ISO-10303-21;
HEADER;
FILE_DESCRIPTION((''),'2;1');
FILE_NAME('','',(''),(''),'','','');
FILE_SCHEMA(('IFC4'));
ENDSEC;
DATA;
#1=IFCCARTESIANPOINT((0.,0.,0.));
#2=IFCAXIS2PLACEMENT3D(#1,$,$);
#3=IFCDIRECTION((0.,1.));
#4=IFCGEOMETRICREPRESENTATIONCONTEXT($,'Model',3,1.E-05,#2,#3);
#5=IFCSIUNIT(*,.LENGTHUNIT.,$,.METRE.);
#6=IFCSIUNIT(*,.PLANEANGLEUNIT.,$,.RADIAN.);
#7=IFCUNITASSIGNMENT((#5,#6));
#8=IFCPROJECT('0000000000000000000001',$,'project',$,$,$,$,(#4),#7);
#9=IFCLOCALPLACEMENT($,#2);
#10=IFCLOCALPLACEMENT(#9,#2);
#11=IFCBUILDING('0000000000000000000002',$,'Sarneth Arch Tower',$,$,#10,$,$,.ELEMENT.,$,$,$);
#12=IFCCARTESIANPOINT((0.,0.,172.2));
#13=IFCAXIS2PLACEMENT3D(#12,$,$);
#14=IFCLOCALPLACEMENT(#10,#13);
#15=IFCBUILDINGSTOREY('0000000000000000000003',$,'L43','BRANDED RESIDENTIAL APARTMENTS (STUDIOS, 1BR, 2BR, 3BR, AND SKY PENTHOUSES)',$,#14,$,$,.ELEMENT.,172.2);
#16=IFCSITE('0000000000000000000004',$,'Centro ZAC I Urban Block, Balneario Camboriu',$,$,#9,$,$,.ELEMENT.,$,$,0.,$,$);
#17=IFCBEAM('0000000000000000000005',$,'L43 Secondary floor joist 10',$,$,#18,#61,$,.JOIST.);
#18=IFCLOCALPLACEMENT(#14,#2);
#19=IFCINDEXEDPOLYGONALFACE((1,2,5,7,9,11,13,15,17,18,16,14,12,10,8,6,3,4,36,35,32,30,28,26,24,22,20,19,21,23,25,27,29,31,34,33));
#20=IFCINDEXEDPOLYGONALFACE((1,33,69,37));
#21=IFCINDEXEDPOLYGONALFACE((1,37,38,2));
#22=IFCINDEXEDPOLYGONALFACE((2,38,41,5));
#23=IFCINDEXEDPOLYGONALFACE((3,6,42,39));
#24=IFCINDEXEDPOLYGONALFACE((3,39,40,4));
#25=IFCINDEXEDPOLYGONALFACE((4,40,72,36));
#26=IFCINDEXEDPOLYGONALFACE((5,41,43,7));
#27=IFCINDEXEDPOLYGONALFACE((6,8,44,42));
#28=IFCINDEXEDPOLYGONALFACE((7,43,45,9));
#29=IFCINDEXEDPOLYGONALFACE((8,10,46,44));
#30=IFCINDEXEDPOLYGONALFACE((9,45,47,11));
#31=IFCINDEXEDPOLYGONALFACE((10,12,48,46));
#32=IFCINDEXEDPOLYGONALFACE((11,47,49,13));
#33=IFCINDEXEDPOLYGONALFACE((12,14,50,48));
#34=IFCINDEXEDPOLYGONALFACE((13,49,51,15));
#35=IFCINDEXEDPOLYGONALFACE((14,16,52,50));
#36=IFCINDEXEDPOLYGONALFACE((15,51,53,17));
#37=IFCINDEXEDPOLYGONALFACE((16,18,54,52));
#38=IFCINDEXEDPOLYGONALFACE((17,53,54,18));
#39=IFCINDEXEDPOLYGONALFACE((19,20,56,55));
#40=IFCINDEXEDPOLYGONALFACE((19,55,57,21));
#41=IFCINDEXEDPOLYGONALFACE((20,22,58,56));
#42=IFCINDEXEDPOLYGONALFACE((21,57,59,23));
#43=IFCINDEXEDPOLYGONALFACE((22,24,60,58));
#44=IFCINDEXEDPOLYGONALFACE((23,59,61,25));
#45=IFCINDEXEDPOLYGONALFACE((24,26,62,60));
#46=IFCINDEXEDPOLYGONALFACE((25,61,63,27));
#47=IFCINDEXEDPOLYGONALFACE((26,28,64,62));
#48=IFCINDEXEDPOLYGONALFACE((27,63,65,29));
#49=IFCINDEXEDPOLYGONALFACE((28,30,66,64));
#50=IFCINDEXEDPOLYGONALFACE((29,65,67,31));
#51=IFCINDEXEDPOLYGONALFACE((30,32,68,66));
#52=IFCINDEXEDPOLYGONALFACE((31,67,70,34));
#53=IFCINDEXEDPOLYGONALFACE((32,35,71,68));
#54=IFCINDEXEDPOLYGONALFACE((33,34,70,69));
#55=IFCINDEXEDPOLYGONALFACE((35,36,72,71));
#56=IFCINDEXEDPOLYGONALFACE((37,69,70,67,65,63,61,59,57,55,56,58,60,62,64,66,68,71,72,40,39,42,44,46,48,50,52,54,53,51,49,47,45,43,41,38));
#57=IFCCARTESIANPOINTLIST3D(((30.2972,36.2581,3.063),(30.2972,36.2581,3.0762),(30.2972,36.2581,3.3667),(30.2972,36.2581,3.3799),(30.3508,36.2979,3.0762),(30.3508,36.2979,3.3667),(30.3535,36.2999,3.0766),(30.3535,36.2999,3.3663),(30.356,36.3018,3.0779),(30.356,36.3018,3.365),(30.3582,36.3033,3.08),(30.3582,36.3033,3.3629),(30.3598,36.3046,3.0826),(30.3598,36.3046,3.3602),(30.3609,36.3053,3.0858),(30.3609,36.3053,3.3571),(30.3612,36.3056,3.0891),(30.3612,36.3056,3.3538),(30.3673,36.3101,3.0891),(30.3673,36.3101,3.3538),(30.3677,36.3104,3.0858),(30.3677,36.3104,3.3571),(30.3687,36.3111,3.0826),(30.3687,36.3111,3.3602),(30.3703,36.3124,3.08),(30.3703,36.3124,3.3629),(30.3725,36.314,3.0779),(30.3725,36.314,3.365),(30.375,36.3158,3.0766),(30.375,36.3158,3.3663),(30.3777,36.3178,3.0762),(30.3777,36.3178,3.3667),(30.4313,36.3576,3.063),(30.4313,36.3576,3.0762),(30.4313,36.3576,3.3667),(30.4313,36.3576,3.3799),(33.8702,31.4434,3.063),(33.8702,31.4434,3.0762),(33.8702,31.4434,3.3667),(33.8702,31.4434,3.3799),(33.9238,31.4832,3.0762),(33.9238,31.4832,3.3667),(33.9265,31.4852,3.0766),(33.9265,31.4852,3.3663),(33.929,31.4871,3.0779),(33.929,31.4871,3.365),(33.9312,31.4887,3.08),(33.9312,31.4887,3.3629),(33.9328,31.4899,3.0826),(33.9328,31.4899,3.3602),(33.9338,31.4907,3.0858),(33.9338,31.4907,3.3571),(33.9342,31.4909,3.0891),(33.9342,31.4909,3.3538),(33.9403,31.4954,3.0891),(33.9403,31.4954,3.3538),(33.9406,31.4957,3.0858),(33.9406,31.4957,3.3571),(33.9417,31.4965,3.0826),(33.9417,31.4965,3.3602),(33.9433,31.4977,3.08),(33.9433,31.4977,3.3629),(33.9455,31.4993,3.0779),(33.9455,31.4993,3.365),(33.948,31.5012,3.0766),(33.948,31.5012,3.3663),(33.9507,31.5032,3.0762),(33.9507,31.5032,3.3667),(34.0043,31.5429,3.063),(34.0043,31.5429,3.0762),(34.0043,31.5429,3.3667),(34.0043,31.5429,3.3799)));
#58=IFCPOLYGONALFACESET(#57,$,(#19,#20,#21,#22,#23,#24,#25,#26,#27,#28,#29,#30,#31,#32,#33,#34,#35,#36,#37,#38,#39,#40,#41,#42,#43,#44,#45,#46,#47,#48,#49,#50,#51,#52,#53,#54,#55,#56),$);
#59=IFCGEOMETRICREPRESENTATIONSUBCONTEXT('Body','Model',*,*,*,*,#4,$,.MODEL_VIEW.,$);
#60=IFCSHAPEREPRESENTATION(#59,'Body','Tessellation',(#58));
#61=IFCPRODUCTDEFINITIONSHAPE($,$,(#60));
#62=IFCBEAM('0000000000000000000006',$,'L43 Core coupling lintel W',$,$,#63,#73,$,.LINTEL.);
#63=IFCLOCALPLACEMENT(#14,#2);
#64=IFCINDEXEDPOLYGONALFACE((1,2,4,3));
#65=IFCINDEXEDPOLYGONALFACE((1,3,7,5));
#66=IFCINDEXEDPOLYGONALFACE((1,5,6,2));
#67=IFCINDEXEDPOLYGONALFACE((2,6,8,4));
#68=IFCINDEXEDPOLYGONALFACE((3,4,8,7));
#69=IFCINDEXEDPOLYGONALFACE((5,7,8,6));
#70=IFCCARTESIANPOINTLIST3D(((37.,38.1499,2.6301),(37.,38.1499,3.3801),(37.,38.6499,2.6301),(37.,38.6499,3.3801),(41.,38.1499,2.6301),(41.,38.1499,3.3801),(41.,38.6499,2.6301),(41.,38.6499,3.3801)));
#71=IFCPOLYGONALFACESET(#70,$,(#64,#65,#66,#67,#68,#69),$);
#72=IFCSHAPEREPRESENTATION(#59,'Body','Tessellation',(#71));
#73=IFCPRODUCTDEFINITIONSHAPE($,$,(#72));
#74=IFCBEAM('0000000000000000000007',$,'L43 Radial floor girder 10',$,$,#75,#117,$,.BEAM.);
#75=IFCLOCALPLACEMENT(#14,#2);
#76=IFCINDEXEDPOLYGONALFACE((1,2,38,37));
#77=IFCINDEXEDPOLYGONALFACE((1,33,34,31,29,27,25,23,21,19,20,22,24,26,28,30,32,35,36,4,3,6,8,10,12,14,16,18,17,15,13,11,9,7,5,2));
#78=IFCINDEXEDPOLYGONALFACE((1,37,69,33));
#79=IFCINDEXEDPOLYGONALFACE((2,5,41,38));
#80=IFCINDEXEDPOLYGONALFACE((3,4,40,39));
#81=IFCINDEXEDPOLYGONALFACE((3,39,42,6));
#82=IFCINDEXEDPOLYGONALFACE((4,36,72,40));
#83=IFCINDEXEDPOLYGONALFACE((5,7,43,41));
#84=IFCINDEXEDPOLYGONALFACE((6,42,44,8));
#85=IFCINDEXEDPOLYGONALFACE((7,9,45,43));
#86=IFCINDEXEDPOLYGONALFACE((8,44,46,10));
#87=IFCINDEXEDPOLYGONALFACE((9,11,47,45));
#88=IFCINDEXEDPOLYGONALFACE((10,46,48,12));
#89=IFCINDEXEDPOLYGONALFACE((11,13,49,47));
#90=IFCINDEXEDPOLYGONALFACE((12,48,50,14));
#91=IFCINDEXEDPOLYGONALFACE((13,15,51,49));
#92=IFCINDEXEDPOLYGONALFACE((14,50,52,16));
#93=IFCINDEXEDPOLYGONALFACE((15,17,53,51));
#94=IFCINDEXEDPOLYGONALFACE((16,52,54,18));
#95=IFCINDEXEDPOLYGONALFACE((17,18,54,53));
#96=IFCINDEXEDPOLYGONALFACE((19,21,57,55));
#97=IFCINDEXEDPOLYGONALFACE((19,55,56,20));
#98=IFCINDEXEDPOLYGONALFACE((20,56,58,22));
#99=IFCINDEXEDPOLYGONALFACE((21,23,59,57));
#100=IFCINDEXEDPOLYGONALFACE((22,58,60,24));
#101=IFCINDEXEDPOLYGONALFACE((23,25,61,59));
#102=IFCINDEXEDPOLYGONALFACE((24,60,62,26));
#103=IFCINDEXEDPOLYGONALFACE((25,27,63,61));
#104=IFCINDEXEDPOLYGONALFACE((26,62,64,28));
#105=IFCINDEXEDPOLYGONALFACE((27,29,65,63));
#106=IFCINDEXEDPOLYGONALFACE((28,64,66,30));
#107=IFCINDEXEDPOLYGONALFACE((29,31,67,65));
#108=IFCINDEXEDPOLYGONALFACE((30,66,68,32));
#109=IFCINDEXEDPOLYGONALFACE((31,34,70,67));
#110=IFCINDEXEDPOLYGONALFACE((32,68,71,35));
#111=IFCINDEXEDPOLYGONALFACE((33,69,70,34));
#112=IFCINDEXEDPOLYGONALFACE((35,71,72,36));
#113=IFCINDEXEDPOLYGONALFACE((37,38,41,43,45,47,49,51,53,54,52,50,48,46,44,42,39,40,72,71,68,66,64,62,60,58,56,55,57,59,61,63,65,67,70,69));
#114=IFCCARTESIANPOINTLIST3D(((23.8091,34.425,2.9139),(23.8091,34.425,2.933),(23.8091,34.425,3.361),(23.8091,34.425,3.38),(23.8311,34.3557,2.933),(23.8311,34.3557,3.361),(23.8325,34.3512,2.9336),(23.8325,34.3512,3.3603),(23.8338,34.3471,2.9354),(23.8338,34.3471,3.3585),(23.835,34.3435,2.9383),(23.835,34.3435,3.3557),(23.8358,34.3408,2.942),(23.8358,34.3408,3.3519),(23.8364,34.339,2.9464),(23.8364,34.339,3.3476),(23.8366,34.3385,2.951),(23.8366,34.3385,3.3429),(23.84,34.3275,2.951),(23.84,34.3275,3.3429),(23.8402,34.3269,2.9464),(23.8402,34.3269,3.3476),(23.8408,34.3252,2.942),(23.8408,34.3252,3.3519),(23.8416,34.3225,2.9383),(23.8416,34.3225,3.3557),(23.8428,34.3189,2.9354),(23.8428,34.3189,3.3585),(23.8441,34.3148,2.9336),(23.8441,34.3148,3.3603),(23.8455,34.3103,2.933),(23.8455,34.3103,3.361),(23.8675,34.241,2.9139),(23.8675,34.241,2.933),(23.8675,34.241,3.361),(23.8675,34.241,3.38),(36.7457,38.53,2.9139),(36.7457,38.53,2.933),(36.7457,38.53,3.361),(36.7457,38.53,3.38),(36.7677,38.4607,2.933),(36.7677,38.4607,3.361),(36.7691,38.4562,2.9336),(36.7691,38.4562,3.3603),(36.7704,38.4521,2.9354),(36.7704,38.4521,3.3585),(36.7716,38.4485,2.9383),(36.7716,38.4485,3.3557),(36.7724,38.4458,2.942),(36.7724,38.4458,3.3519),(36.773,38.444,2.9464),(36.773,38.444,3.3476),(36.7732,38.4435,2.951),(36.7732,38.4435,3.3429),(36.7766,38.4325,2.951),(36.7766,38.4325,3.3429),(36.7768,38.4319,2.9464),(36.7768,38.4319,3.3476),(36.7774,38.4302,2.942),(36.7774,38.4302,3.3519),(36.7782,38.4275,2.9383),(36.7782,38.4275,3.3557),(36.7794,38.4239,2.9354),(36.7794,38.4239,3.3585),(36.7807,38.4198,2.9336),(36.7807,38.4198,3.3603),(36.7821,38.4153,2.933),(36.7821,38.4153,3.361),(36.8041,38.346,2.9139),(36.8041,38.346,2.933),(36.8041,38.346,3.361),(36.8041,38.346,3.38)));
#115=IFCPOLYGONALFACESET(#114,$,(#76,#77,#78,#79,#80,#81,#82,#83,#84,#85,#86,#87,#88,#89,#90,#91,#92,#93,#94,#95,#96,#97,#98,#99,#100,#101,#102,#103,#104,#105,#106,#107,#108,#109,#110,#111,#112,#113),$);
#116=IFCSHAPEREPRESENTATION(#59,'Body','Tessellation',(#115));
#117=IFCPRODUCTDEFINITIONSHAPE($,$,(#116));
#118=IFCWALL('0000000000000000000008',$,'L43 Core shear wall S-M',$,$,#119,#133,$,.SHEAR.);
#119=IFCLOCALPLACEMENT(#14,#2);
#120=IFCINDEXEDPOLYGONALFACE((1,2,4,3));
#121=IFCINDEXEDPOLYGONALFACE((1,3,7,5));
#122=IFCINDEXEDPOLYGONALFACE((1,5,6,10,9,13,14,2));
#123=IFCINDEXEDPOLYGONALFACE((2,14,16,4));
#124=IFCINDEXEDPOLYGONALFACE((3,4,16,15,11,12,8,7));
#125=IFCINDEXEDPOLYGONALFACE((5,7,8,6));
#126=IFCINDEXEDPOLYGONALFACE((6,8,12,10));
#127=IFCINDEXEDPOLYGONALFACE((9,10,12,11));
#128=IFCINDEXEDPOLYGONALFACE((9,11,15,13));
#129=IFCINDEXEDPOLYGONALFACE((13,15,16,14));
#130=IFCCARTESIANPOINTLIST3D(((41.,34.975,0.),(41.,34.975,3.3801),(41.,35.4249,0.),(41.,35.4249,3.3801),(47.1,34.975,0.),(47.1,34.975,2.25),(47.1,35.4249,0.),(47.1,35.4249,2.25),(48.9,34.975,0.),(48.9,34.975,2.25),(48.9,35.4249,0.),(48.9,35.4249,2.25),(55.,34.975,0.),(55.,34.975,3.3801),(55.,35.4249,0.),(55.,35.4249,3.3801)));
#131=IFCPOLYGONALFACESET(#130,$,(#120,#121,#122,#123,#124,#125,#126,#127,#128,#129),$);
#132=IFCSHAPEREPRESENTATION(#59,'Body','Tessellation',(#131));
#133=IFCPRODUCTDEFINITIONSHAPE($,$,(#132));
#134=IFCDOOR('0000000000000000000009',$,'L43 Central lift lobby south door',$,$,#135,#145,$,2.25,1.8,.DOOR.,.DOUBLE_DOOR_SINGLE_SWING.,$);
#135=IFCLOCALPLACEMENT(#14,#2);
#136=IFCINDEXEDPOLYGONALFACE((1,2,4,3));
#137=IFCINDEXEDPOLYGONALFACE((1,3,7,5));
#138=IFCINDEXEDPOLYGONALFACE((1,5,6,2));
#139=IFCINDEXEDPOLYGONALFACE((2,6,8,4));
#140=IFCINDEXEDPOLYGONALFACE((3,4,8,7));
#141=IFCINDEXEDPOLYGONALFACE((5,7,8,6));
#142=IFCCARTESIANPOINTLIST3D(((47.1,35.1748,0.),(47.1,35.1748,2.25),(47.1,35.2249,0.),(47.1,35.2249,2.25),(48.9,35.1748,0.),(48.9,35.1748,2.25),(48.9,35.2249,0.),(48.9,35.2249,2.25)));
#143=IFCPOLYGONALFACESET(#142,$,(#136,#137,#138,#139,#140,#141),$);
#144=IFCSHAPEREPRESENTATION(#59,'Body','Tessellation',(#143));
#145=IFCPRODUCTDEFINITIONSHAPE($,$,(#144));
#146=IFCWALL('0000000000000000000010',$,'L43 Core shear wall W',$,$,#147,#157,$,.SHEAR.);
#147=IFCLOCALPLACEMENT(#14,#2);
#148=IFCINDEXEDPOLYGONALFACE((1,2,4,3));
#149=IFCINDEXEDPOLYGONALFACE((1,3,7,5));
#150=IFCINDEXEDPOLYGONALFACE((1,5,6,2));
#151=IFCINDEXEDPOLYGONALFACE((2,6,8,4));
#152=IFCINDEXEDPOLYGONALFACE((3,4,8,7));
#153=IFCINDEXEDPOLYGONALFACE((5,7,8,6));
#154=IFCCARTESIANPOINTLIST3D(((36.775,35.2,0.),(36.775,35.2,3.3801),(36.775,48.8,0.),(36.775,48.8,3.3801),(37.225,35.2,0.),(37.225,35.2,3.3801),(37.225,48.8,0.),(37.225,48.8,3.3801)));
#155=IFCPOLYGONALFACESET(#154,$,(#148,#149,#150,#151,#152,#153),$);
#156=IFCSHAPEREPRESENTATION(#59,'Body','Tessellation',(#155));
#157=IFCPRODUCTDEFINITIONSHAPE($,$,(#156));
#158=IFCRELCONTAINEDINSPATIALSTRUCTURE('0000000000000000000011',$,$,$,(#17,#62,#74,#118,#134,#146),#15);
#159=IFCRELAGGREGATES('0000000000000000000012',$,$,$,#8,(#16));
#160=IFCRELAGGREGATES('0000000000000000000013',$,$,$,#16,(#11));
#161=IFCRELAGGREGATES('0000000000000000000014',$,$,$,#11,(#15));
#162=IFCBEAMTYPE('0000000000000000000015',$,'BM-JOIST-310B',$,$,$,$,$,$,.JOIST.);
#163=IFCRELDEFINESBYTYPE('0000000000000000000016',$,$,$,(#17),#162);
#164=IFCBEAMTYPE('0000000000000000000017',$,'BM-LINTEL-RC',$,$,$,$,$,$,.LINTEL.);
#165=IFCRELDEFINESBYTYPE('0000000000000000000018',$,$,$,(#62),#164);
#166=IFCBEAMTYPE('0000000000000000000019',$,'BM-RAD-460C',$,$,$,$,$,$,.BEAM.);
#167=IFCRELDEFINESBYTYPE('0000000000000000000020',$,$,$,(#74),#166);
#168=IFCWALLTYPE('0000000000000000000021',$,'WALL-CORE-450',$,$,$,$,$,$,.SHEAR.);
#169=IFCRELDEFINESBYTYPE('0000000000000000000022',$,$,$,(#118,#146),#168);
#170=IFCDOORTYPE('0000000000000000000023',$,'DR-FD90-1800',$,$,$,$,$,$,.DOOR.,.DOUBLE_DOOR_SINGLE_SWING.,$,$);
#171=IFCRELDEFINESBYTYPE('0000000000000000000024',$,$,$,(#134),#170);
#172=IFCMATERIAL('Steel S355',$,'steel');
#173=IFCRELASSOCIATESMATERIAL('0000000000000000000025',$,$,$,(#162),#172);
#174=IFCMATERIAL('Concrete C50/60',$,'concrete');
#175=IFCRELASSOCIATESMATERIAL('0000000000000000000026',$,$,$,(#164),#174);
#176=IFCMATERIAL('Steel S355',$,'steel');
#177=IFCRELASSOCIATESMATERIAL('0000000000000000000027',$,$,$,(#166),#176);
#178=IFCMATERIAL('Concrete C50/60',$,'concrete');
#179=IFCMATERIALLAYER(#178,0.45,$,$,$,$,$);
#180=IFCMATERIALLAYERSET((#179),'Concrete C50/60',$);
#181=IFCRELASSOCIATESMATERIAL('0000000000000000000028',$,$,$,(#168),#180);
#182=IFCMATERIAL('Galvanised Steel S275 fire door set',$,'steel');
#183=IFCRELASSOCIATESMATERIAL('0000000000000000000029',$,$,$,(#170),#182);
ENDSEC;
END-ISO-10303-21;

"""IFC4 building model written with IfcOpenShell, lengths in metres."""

from ifc_helpers import new_model, si_unit, direction, frame, frame_2d, origin, origin_2d, place, context, subcontext, project, spatial, rectangle, i_section, extrude, material, layer, layer_set, material_profile, profile_set, type_object, element, fill, save


model = new_model("IFC4")

# Units and contexts
model_context = context("Model", 3, precision=1e-05, world=origin(), true_north=direction((0.0, 1.0)))
body_context = subcontext(model_context, "Body", "Model", "MODEL_VIEW")
ifc_project = project(units=[si_unit("LENGTHUNIT", "METRE"), si_unit("PLANEANGLEUNIT", "RADIAN")], contexts=[model_context])

# Site, building, storey
site_placement = place(None, origin())
site = spatial("IfcSite", under=ifc_project, at=site_placement, Name="Centro ZAC I Urban Block, Balneario Camboriu", CompositionType="ELEMENT", RefElevation=0.0)
building_placement = place(site_placement, origin())
building = spatial("IfcBuilding", under=site, at=building_placement, Name="Sarneth Arch Tower", CompositionType="ELEMENT")
storey_placement = place(building_placement, frame((0.0, 0.0, 172.2)))
storey = spatial("IfcBuildingStorey", under=building, at=storey_placement, Name="L43", Description="BRANDED RESIDENTIAL APARTMENTS (STUDIOS, 1BR, 2BR, 3BR, AND SKY PENTHOUSES)", CompositionType="ELEMENT", Elevation=172.2)

# Beams
ifc_material_1 = material(Name="Steel S355", Category="steel")
ifc_material_profile_1 = material_profile(ifc_material_1, i_section(OverallWidth=0.167, OverallDepth=0.3169, WebThickness=0.0076, FlangeThickness=0.0132, FilletRadius=0.0129, at=origin_2d()), Name="W310x52")
ifc_profile_set_1 = profile_set([ifc_material_profile_1], Name="Steel S355")
beam_type_1 = type_object("IfcBeamType", Name="BM-JOIST-310B", PredefinedType="JOIST", material=ifc_profile_set_1)
beam_1_placement = place(storey_placement, frame((30.3643, 36.3079, 3.2214), z_axis=(0.595933, -0.803034, 0.0), x_axis=(0.803034, 0.595933, 0.0)))
element("IfcBeam", 1, at=beam_1_placement, inside=storey, type_object=beam_type_1, Name="L43 Secondary floor joist 10", PredefinedType="JOIST", context=body_context, shape_type="SweptSolid", body=[
    extrude(i_section(OverallWidth=0.167, OverallDepth=0.3169, WebThickness=0.0076, FlangeThickness=0.0132, FilletRadius=0.0129, at=origin_2d()), origin(), (0.0, 0.0, 1.0), 5.9956),
])
ifc_material_2 = material(Name="Concrete C50/60", Category="concrete")
ifc_material_profile_2 = material_profile(ifc_material_2, rectangle(XDim=0.5, YDim=0.75, at=origin_2d()), Name="RC-500x750")
ifc_profile_set_2 = profile_set([ifc_material_profile_2], Name="Concrete C50/60")
beam_type_2 = type_object("IfcBeamType", Name="BM-LINTEL-RC", PredefinedType="LINTEL", material=ifc_profile_set_2)
beam_2_placement = place(storey_placement, frame((37.0, 38.3999, 3.0051), z_axis=(1.0, 0.0, 0.0), x_axis=(0.0, 1.0, 0.0)))
element("IfcBeam", 2, at=beam_2_placement, inside=storey, type_object=beam_type_2, Name="L43 Core coupling lintel W", PredefinedType="LINTEL", context=body_context, shape_type="SweptSolid", body=[
    extrude(rectangle(XDim=0.5, YDim=0.75, at=origin_2d()), origin(), (0.0, 0.0, 1.0), 4.0),
])
ifc_material_3 = material(Name="Steel S355", Category="steel")
ifc_material_profile_3 = material_profile(ifc_material_3, i_section(OverallWidth=0.1931, OverallDepth=0.4661, WebThickness=0.0115, FlangeThickness=0.019, FilletRadius=0.0181, at=origin_2d()), Name="W460x97")
ifc_profile_set_3 = profile_set([ifc_material_profile_3], Name="Steel S355")
beam_type_3 = type_object("IfcBeamType", Name="BM-RAD-460C", PredefinedType="BEAM", material=ifc_profile_set_3)
beam_3_placement = place(storey_placement, frame((36.7749, 38.438, 3.147), z_axis=(-0.953164, -0.302455, 0.0), x_axis=(0.302455, -0.953164, 0.0)))
element("IfcBeam", 3, at=beam_3_placement, inside=storey, type_object=beam_type_3, Name="L43 Radial floor girder 10", PredefinedType="BEAM", context=body_context, shape_type="SweptSolid", body=[
    extrude(i_section(OverallWidth=0.1931, OverallDepth=0.4661, WebThickness=0.0115, FlangeThickness=0.019, FilletRadius=0.0181, at=origin_2d()), origin(), (0.0, 0.0, 1.0), 13.5723),
])

# Wall, opening, door
ifc_material_4 = material(Name="Concrete C50/60", Category="concrete")
ifc_layer_1 = layer(ifc_material_4, 0.45)
ifc_layer_set_1 = layer_set([ifc_layer_1], Name="Concrete C50/60")
wall_type_1 = type_object("IfcWallType", Name="WALL-CORE-450", PredefinedType="SHEAR", material=ifc_layer_set_1)
wall_1_placement = place(storey_placement, frame((41.0, 35.2, 0.0), z_axis=(0.0, 0.0, 1.0), x_axis=(1.0, 0.0, 0.0)))
wall_1 = element("IfcWall", 4, at=wall_1_placement, inside=storey, type_object=wall_type_1, Name="L43 Core shear wall S-M", PredefinedType="SHEAR", context=body_context, shape_type="SweptSolid", body=[
    extrude(rectangle(XDim=14.0, YDim=0.45, at=frame_2d((7.0, 0.0))), origin(), (0.0, 0.0, 1.0), 3.3801),
])
opening_1_placement = place(wall_1_placement, frame((6.1001, 0.0, 0.0)))
opening_1 = element("IfcOpeningElement", 5, at=opening_1_placement, cuts=wall_1, PredefinedType="OPENING", context=body_context, shape_type="SweptSolid", body=[
    extrude(rectangle(XDim=1.8, YDim=2.25, at=frame_2d((0.8999, 1.125))), frame((0.0, 0.2349, 0.0), z_axis=(0.0, -1.0, 0.0), x_axis=(1.0, 0.0, 0.0)), (0.0, 0.0, 1.0), 0.47),
])
ifc_material_5 = material(Name="Galvanised Steel S275 fire door set", Category="steel")
door_type_1 = type_object("IfcDoorType", Name="DR-FD90-1800", OperationType="DOUBLE_DOOR_SINGLE_SWING", PredefinedType="DOOR", material=ifc_material_5)
door_1_placement = place(opening_1_placement, origin())
door_1 = element("IfcDoor", 6, at=door_1_placement, inside=storey, type_object=door_type_1, Name="L43 Central lift lobby south door", OperationType="DOUBLE_DOOR_SINGLE_SWING", OverallHeight=2.25, OverallWidth=1.8, PredefinedType="DOOR", context=body_context, shape_type="SweptSolid", body=[
    extrude(rectangle(XDim=1.8, YDim=2.25, at=frame_2d((0.8999, 1.125))), frame((0.0, 0.0249, 0.0), z_axis=(0.0, -1.0, 0.0), x_axis=(1.0, 0.0, 0.0)), (0.0, 0.0, 1.0), 0.05),
])
fill(opening_1, door_1)

# Wall
wall_2_placement = place(storey_placement, frame((37.0, 35.2, 0.0), z_axis=(0.0, 0.0, 1.0), x_axis=(0.0, 1.0, 0.0)))
element("IfcWall", 7, at=wall_2_placement, inside=storey, type_object=wall_type_1, Name="L43 Core shear wall W", PredefinedType="SHEAR", context=body_context, shape_type="SweptSolid", body=[
    extrude(rectangle(XDim=13.6001, YDim=0.45, at=frame_2d((6.8, 0.0))), origin(), (0.0, 0.0, 1.0), 3.3801),
])

save(model, "model.ifc")
